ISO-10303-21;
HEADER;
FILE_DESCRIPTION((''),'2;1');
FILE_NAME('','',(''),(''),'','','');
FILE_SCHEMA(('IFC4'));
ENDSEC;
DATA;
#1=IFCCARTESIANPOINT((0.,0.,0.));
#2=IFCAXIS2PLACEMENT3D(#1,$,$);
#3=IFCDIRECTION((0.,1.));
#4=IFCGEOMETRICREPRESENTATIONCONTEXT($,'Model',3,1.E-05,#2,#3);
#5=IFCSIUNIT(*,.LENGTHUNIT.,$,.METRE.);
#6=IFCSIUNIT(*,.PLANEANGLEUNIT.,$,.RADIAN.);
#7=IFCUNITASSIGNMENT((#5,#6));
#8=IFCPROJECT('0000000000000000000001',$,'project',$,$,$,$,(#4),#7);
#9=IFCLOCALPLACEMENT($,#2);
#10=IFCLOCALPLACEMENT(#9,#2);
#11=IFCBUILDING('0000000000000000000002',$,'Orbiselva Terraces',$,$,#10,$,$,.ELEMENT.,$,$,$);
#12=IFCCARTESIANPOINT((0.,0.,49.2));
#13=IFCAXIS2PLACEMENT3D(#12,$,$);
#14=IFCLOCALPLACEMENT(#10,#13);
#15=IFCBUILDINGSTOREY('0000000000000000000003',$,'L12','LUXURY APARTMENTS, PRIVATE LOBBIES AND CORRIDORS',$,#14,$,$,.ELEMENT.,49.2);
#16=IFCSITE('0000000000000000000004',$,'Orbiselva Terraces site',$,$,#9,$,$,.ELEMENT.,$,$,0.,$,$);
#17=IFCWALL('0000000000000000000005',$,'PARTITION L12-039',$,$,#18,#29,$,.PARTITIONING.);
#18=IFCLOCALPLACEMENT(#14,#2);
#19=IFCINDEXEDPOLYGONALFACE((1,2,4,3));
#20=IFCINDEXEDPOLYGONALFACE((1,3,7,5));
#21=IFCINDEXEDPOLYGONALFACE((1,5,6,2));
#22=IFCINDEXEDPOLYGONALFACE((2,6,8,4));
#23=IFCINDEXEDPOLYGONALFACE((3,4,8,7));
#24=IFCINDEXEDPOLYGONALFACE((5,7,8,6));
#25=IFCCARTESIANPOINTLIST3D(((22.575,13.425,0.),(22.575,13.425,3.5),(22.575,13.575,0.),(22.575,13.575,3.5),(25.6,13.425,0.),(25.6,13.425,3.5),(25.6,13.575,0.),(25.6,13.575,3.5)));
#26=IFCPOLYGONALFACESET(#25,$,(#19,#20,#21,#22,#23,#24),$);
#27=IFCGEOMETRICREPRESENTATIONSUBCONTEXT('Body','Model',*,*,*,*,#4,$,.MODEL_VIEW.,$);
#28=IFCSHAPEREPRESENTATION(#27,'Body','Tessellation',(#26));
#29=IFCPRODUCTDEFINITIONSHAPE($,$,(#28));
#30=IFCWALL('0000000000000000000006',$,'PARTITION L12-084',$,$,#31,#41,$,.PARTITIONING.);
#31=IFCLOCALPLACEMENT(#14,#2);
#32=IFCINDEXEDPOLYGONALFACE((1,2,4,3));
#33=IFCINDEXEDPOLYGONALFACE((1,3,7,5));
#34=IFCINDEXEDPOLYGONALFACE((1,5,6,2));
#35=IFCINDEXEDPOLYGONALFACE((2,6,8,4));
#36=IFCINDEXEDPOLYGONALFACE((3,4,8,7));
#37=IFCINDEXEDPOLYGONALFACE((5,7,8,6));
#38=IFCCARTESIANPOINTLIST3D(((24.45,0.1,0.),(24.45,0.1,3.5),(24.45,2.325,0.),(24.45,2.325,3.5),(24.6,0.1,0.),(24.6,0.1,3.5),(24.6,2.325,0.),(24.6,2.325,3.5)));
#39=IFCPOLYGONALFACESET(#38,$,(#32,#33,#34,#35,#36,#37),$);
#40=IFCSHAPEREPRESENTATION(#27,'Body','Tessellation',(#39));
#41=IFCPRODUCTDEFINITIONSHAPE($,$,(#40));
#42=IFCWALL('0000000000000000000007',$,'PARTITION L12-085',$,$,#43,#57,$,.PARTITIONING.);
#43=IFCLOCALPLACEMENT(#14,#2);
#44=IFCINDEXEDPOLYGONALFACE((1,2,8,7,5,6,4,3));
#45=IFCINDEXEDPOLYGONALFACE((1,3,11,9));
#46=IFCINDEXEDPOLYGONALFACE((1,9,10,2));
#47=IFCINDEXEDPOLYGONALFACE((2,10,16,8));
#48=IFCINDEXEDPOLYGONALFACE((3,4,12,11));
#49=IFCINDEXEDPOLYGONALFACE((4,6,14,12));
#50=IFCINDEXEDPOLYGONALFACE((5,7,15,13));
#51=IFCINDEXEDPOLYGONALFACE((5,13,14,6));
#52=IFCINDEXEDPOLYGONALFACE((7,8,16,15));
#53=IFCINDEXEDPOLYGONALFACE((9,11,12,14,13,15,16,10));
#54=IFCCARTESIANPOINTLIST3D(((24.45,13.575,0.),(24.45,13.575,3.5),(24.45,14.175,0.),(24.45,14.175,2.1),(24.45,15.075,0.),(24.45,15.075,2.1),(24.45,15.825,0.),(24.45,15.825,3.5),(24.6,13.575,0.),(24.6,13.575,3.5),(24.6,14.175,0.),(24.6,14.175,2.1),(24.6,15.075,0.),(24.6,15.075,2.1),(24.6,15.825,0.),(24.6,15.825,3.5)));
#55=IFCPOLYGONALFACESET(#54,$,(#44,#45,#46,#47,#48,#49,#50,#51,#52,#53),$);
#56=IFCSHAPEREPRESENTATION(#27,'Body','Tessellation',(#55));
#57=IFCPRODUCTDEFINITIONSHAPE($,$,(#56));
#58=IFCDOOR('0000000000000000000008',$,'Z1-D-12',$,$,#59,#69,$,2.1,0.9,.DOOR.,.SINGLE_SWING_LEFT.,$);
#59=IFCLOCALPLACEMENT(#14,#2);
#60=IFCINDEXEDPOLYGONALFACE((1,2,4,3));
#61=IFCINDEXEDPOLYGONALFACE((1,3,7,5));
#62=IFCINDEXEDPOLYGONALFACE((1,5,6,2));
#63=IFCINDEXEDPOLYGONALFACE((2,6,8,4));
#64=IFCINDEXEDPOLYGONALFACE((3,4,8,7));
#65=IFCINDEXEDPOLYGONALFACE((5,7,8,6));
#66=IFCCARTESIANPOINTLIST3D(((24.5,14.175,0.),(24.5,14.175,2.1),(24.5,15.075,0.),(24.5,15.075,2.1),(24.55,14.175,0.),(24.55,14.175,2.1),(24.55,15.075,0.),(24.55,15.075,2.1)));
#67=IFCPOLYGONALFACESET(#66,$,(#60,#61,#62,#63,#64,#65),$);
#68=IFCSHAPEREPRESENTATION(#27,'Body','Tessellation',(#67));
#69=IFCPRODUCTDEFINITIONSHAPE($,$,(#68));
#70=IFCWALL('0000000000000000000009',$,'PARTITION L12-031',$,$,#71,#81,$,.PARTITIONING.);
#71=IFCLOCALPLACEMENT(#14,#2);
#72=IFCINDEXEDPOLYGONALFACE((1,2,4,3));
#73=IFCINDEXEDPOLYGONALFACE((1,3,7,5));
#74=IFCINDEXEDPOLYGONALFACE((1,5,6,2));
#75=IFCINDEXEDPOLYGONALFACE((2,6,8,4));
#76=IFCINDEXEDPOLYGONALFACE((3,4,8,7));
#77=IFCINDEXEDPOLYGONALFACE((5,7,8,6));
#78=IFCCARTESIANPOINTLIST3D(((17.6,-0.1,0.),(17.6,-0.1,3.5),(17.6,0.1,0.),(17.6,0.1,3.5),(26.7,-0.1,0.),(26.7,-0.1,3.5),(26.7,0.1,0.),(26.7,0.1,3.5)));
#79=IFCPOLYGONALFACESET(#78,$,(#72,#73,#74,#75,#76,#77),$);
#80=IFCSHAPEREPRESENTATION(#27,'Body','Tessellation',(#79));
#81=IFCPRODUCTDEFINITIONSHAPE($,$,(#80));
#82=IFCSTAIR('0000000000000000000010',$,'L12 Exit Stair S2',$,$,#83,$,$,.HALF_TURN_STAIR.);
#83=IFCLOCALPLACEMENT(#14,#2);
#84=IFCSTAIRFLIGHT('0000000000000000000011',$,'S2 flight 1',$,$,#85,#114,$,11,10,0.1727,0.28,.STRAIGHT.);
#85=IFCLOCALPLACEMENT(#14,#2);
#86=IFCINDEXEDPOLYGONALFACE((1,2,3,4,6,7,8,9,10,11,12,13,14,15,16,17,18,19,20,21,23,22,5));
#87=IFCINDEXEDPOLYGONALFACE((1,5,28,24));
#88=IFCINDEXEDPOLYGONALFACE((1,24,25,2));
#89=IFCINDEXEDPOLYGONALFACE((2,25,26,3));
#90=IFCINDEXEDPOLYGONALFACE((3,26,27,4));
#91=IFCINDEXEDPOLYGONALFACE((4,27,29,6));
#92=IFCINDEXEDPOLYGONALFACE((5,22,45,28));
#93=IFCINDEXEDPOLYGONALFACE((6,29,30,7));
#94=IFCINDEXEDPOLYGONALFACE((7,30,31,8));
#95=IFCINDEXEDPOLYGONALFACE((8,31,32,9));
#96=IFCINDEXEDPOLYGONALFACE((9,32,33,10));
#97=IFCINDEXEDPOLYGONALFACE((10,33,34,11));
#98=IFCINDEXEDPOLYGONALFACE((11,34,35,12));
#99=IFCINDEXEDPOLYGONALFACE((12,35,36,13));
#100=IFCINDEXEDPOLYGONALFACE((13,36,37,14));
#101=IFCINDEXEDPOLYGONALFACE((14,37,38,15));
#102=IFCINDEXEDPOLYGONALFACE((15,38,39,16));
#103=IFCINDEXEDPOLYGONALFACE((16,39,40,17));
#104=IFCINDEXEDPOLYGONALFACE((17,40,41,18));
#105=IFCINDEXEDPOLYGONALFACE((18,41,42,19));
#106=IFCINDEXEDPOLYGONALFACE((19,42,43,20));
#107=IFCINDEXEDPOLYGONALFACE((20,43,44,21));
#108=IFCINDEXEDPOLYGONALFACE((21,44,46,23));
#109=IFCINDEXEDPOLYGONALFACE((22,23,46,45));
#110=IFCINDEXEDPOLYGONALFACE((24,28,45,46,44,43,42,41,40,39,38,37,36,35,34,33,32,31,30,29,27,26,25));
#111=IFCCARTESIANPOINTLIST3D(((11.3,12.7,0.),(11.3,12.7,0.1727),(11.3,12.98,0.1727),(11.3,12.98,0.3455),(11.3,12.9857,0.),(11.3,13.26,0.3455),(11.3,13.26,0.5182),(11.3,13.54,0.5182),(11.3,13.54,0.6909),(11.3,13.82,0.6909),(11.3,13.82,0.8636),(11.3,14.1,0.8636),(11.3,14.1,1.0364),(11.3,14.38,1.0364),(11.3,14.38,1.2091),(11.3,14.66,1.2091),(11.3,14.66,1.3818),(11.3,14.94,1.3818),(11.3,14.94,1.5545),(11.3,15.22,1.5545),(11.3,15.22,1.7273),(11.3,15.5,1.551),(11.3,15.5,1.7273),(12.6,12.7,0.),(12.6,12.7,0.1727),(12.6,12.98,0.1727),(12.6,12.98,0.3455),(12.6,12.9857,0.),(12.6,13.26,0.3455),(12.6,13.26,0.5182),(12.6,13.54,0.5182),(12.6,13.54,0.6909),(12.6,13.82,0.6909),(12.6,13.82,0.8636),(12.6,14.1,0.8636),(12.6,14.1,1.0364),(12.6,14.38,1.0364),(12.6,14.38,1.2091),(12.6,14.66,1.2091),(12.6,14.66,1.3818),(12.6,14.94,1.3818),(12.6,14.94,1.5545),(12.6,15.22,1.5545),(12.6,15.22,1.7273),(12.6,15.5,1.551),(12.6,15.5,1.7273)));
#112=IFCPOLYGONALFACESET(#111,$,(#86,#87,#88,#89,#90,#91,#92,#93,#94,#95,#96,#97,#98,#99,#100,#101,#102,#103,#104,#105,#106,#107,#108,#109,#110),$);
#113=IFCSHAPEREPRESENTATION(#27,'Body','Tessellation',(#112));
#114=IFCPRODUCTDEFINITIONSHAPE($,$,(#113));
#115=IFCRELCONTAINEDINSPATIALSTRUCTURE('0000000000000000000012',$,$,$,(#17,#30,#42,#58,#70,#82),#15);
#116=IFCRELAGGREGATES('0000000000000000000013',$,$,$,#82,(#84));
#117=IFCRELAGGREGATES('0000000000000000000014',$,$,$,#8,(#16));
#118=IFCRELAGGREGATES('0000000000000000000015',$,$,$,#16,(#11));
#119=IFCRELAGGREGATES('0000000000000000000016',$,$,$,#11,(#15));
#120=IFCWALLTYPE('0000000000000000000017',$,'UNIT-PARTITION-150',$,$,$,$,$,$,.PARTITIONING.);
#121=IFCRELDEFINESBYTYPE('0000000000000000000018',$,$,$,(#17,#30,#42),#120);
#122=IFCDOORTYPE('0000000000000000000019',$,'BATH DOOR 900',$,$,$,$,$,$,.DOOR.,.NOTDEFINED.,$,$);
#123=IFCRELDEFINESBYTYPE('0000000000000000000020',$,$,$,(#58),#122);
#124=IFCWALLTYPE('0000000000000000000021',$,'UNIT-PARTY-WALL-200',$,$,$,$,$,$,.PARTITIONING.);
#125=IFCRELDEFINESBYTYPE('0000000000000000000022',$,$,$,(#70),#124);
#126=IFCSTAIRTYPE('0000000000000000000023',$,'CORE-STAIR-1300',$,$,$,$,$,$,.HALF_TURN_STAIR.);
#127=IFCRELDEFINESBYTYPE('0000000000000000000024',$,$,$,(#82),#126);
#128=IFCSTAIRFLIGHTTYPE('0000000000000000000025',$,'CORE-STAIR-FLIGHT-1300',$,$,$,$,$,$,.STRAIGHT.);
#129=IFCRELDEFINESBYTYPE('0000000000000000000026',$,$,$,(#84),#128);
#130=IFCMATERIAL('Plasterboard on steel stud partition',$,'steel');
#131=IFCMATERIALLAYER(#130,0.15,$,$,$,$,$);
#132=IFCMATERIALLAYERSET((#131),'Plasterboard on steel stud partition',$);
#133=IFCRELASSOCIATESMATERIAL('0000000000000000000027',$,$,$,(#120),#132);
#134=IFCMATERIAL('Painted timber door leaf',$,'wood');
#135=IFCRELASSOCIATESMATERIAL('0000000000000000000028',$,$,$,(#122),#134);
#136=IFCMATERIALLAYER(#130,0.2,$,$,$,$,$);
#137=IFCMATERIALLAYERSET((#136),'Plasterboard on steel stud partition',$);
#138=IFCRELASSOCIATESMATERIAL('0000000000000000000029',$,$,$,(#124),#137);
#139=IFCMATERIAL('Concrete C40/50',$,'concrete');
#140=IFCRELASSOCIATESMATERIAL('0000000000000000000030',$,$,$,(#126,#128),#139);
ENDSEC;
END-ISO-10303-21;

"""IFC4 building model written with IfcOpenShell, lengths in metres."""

from ifc_helpers import new_model, si_unit, direction, frame, frame_2d, origin, place, context, subcontext, project, spatial, polyline, rectangle, outline, extrude, material, layer, layer_set, type_object, element, fill, aggregate, save


model = new_model("IFC4")

# Units and contexts
model_context = context("Model", 3, precision=1e-05, world=origin(), true_north=direction((0.0, 1.0)))
body_context = subcontext(model_context, "Body", "Model", "MODEL_VIEW")
ifc_project = project(units=[si_unit("LENGTHUNIT", "METRE"), si_unit("PLANEANGLEUNIT", "RADIAN")], contexts=[model_context])

# Site, building, storey
site_placement = place(None, origin())
site = spatial("IfcSite", under=ifc_project, at=site_placement, Name="Orbiselva Terraces site", CompositionType="ELEMENT", RefElevation=0.0)
building_placement = place(site_placement, origin())
building = spatial("IfcBuilding", under=site, at=building_placement, Name="Orbiselva Terraces", CompositionType="ELEMENT")
storey_placement = place(building_placement, frame((0.0, 0.0, 49.2)))
storey = spatial("IfcBuildingStorey", under=building, at=storey_placement, Name="L12", Description="LUXURY APARTMENTS, PRIVATE LOBBIES AND CORRIDORS", CompositionType="ELEMENT", Elevation=49.2)

# Shared definitions
ifc_material_1 = material(Name="Plasterboard on steel stud partition", Category="steel")
ifc_material_2 = material(Name="Painted timber door leaf", Category="wood")
ifc_layer_1 = layer(ifc_material_1, 0.15)
ifc_layer_set_1 = layer_set([ifc_layer_1], Name="Plasterboard on steel stud partition")
wall_type_1 = type_object("IfcWallType", Name="UNIT-PARTITION-150", PredefinedType="PARTITIONING", material=ifc_layer_set_1)
door_type_1 = type_object("IfcDoorType", Name="BATH DOOR 900", OperationType="NOTDEFINED", PredefinedType="DOOR", material=ifc_material_2)

# Walls
wall_1_placement = place(storey_placement, frame((22.575, 13.5, 0.0), z_axis=(0.0, 0.0, 1.0), x_axis=(1.0, 0.0, 0.0)))
element("IfcWall", 1, at=wall_1_placement, inside=storey, type_object=wall_type_1, Name="PARTITION L12-039", PredefinedType="PARTITIONING", context=body_context, shape_type="SweptSolid", body=[
    extrude(rectangle(XDim=3.025, YDim=0.15, at=frame_2d((1.5125, 0.0))), origin(), (0.0, 0.0, 1.0), 3.5),
])
wall_2_placement = place(storey_placement, frame((24.525, 0.1, 0.0), z_axis=(0.0, 0.0, 1.0), x_axis=(0.0, 1.0, 0.0)))
element("IfcWall", 2, at=wall_2_placement, inside=storey, type_object=wall_type_1, Name="PARTITION L12-084", PredefinedType="PARTITIONING", context=body_context, shape_type="SweptSolid", body=[
    extrude(rectangle(XDim=2.225, YDim=0.15, at=frame_2d((1.1125, 0.0))), origin(), (0.0, 0.0, 1.0), 3.5),
])

# Wall, opening, door
wall_3_placement = place(storey_placement, frame((24.525, 13.575, 0.0), z_axis=(0.0, 0.0, 1.0), x_axis=(0.0, 1.0, 0.0)))
wall_3 = element("IfcWall", 3, at=wall_3_placement, inside=storey, type_object=wall_type_1, Name="PARTITION L12-085", PredefinedType="PARTITIONING", context=body_context, shape_type="SweptSolid", body=[
    extrude(rectangle(XDim=2.25, YDim=0.15, at=frame_2d((1.125, 0.0))), origin(), (0.0, 0.0, 1.0), 3.5),
])
opening_1_placement = place(wall_3_placement, frame((0.6, 0.0, 0.0)))
opening_1 = element("IfcOpeningElement", 4, at=opening_1_placement, cuts=wall_3, PredefinedType="OPENING", context=body_context, shape_type="SweptSolid", body=[
    extrude(rectangle(XDim=0.9, YDim=2.1, at=frame_2d((0.45, 1.05))), frame((0.0, 0.085, 0.0), z_axis=(0.0, -1.0, 0.0), x_axis=(1.0, 0.0, 0.0)), (0.0, 0.0, 1.0), 0.17),
])
door_1_placement = place(opening_1_placement, origin())
door_1 = element("IfcDoor", 5, at=door_1_placement, inside=storey, type_object=door_type_1, Name="Z1-D-12", OperationType="SINGLE_SWING_LEFT", OverallHeight=2.1, OverallWidth=0.9, PredefinedType="DOOR", context=body_context, shape_type="SweptSolid", body=[
    extrude(rectangle(XDim=0.9, YDim=2.1, at=frame_2d((0.45, 1.05))), frame((0.0, 0.025, 0.0), z_axis=(0.0, -1.0, 0.0), x_axis=(1.0, 0.0, 0.0)), (0.0, 0.0, 1.0), 0.05),
])
fill(opening_1, door_1)

# Wall
ifc_layer_2 = layer(ifc_material_1, 0.2)
ifc_layer_set_2 = layer_set([ifc_layer_2], Name="Plasterboard on steel stud partition")
wall_type_2 = type_object("IfcWallType", Name="UNIT-PARTY-WALL-200", PredefinedType="PARTITIONING", material=ifc_layer_set_2)
wall_4_placement = place(storey_placement, frame((17.6, 0.0, 0.0), z_axis=(0.0, 0.0, 1.0), x_axis=(1.0, 0.0, 0.0)))
element("IfcWall", 6, at=wall_4_placement, inside=storey, type_object=wall_type_2, Name="PARTITION L12-031", PredefinedType="PARTITIONING", context=body_context, shape_type="SweptSolid", body=[
    extrude(rectangle(XDim=9.1, YDim=0.2, at=frame_2d((4.55, 0.0))), origin(), (0.0, 0.0, 1.0), 3.5),
])

# Stair, stair flight
ifc_material_3 = material(Name="Concrete C40/50", Category="concrete")
stair_type = type_object("IfcStairType", Name="CORE-STAIR-1300", PredefinedType="HALF_TURN_STAIR", material=ifc_material_3)
stair_placement = place(storey_placement, origin())
stair = element("IfcStair", 7, at=stair_placement, inside=storey, type_object=stair_type, Name="L12 Exit Stair S2", PredefinedType="HALF_TURN_STAIR")
stair_flight_type = type_object("IfcStairFlightType", Name="CORE-STAIR-FLIGHT-1300", PredefinedType="STRAIGHT", material=ifc_material_3)
stair_flight_placement = place(storey_placement, frame((11.95, 12.7, 0.0), z_axis=(0.0, 0.0, 1.0), x_axis=(0.0, 1.0, 0.0)))
stair_flight = element("IfcStairFlight", 8, at=stair_flight_placement, type_object=stair_flight_type, Name="S2 flight 1", NumberOfRisers=11, NumberOfTreads=10, PredefinedType="STRAIGHT", RiserHeight=0.1727, TreadLength=0.28, context=body_context, shape_type="SweptSolid", body=[
    extrude(outline(polyline([(0.0, 0.0), (0.0, 0.1727), (0.28, 0.1727), (0.28, 0.3455), (0.56, 0.3455), (0.56, 0.5182), (0.84, 0.5182), (0.84, 0.6909), (1.12, 0.6909), (1.12, 0.8636), (1.4, 0.8636), (1.4, 1.0364), (1.68, 1.0364), (1.68, 1.2091), (1.96, 1.2091), (1.96, 1.3818), (2.24, 1.3818), (2.24, 1.5545), (2.52, 1.5545), (2.52, 1.7273), (2.8, 1.7273), (2.8, 1.9), (2.8, 1.551), (0.2857, 0.0), (0.0, 0.0)])), frame((0.0, 0.65, 0.0), z_axis=(0.0, -1.0, 0.0), x_axis=(1.0, 0.0, 0.0)), (0.0, 0.0, 1.0), 1.3),
])
aggregate(stair, [stair_flight])

save(model, "model.ifc")
